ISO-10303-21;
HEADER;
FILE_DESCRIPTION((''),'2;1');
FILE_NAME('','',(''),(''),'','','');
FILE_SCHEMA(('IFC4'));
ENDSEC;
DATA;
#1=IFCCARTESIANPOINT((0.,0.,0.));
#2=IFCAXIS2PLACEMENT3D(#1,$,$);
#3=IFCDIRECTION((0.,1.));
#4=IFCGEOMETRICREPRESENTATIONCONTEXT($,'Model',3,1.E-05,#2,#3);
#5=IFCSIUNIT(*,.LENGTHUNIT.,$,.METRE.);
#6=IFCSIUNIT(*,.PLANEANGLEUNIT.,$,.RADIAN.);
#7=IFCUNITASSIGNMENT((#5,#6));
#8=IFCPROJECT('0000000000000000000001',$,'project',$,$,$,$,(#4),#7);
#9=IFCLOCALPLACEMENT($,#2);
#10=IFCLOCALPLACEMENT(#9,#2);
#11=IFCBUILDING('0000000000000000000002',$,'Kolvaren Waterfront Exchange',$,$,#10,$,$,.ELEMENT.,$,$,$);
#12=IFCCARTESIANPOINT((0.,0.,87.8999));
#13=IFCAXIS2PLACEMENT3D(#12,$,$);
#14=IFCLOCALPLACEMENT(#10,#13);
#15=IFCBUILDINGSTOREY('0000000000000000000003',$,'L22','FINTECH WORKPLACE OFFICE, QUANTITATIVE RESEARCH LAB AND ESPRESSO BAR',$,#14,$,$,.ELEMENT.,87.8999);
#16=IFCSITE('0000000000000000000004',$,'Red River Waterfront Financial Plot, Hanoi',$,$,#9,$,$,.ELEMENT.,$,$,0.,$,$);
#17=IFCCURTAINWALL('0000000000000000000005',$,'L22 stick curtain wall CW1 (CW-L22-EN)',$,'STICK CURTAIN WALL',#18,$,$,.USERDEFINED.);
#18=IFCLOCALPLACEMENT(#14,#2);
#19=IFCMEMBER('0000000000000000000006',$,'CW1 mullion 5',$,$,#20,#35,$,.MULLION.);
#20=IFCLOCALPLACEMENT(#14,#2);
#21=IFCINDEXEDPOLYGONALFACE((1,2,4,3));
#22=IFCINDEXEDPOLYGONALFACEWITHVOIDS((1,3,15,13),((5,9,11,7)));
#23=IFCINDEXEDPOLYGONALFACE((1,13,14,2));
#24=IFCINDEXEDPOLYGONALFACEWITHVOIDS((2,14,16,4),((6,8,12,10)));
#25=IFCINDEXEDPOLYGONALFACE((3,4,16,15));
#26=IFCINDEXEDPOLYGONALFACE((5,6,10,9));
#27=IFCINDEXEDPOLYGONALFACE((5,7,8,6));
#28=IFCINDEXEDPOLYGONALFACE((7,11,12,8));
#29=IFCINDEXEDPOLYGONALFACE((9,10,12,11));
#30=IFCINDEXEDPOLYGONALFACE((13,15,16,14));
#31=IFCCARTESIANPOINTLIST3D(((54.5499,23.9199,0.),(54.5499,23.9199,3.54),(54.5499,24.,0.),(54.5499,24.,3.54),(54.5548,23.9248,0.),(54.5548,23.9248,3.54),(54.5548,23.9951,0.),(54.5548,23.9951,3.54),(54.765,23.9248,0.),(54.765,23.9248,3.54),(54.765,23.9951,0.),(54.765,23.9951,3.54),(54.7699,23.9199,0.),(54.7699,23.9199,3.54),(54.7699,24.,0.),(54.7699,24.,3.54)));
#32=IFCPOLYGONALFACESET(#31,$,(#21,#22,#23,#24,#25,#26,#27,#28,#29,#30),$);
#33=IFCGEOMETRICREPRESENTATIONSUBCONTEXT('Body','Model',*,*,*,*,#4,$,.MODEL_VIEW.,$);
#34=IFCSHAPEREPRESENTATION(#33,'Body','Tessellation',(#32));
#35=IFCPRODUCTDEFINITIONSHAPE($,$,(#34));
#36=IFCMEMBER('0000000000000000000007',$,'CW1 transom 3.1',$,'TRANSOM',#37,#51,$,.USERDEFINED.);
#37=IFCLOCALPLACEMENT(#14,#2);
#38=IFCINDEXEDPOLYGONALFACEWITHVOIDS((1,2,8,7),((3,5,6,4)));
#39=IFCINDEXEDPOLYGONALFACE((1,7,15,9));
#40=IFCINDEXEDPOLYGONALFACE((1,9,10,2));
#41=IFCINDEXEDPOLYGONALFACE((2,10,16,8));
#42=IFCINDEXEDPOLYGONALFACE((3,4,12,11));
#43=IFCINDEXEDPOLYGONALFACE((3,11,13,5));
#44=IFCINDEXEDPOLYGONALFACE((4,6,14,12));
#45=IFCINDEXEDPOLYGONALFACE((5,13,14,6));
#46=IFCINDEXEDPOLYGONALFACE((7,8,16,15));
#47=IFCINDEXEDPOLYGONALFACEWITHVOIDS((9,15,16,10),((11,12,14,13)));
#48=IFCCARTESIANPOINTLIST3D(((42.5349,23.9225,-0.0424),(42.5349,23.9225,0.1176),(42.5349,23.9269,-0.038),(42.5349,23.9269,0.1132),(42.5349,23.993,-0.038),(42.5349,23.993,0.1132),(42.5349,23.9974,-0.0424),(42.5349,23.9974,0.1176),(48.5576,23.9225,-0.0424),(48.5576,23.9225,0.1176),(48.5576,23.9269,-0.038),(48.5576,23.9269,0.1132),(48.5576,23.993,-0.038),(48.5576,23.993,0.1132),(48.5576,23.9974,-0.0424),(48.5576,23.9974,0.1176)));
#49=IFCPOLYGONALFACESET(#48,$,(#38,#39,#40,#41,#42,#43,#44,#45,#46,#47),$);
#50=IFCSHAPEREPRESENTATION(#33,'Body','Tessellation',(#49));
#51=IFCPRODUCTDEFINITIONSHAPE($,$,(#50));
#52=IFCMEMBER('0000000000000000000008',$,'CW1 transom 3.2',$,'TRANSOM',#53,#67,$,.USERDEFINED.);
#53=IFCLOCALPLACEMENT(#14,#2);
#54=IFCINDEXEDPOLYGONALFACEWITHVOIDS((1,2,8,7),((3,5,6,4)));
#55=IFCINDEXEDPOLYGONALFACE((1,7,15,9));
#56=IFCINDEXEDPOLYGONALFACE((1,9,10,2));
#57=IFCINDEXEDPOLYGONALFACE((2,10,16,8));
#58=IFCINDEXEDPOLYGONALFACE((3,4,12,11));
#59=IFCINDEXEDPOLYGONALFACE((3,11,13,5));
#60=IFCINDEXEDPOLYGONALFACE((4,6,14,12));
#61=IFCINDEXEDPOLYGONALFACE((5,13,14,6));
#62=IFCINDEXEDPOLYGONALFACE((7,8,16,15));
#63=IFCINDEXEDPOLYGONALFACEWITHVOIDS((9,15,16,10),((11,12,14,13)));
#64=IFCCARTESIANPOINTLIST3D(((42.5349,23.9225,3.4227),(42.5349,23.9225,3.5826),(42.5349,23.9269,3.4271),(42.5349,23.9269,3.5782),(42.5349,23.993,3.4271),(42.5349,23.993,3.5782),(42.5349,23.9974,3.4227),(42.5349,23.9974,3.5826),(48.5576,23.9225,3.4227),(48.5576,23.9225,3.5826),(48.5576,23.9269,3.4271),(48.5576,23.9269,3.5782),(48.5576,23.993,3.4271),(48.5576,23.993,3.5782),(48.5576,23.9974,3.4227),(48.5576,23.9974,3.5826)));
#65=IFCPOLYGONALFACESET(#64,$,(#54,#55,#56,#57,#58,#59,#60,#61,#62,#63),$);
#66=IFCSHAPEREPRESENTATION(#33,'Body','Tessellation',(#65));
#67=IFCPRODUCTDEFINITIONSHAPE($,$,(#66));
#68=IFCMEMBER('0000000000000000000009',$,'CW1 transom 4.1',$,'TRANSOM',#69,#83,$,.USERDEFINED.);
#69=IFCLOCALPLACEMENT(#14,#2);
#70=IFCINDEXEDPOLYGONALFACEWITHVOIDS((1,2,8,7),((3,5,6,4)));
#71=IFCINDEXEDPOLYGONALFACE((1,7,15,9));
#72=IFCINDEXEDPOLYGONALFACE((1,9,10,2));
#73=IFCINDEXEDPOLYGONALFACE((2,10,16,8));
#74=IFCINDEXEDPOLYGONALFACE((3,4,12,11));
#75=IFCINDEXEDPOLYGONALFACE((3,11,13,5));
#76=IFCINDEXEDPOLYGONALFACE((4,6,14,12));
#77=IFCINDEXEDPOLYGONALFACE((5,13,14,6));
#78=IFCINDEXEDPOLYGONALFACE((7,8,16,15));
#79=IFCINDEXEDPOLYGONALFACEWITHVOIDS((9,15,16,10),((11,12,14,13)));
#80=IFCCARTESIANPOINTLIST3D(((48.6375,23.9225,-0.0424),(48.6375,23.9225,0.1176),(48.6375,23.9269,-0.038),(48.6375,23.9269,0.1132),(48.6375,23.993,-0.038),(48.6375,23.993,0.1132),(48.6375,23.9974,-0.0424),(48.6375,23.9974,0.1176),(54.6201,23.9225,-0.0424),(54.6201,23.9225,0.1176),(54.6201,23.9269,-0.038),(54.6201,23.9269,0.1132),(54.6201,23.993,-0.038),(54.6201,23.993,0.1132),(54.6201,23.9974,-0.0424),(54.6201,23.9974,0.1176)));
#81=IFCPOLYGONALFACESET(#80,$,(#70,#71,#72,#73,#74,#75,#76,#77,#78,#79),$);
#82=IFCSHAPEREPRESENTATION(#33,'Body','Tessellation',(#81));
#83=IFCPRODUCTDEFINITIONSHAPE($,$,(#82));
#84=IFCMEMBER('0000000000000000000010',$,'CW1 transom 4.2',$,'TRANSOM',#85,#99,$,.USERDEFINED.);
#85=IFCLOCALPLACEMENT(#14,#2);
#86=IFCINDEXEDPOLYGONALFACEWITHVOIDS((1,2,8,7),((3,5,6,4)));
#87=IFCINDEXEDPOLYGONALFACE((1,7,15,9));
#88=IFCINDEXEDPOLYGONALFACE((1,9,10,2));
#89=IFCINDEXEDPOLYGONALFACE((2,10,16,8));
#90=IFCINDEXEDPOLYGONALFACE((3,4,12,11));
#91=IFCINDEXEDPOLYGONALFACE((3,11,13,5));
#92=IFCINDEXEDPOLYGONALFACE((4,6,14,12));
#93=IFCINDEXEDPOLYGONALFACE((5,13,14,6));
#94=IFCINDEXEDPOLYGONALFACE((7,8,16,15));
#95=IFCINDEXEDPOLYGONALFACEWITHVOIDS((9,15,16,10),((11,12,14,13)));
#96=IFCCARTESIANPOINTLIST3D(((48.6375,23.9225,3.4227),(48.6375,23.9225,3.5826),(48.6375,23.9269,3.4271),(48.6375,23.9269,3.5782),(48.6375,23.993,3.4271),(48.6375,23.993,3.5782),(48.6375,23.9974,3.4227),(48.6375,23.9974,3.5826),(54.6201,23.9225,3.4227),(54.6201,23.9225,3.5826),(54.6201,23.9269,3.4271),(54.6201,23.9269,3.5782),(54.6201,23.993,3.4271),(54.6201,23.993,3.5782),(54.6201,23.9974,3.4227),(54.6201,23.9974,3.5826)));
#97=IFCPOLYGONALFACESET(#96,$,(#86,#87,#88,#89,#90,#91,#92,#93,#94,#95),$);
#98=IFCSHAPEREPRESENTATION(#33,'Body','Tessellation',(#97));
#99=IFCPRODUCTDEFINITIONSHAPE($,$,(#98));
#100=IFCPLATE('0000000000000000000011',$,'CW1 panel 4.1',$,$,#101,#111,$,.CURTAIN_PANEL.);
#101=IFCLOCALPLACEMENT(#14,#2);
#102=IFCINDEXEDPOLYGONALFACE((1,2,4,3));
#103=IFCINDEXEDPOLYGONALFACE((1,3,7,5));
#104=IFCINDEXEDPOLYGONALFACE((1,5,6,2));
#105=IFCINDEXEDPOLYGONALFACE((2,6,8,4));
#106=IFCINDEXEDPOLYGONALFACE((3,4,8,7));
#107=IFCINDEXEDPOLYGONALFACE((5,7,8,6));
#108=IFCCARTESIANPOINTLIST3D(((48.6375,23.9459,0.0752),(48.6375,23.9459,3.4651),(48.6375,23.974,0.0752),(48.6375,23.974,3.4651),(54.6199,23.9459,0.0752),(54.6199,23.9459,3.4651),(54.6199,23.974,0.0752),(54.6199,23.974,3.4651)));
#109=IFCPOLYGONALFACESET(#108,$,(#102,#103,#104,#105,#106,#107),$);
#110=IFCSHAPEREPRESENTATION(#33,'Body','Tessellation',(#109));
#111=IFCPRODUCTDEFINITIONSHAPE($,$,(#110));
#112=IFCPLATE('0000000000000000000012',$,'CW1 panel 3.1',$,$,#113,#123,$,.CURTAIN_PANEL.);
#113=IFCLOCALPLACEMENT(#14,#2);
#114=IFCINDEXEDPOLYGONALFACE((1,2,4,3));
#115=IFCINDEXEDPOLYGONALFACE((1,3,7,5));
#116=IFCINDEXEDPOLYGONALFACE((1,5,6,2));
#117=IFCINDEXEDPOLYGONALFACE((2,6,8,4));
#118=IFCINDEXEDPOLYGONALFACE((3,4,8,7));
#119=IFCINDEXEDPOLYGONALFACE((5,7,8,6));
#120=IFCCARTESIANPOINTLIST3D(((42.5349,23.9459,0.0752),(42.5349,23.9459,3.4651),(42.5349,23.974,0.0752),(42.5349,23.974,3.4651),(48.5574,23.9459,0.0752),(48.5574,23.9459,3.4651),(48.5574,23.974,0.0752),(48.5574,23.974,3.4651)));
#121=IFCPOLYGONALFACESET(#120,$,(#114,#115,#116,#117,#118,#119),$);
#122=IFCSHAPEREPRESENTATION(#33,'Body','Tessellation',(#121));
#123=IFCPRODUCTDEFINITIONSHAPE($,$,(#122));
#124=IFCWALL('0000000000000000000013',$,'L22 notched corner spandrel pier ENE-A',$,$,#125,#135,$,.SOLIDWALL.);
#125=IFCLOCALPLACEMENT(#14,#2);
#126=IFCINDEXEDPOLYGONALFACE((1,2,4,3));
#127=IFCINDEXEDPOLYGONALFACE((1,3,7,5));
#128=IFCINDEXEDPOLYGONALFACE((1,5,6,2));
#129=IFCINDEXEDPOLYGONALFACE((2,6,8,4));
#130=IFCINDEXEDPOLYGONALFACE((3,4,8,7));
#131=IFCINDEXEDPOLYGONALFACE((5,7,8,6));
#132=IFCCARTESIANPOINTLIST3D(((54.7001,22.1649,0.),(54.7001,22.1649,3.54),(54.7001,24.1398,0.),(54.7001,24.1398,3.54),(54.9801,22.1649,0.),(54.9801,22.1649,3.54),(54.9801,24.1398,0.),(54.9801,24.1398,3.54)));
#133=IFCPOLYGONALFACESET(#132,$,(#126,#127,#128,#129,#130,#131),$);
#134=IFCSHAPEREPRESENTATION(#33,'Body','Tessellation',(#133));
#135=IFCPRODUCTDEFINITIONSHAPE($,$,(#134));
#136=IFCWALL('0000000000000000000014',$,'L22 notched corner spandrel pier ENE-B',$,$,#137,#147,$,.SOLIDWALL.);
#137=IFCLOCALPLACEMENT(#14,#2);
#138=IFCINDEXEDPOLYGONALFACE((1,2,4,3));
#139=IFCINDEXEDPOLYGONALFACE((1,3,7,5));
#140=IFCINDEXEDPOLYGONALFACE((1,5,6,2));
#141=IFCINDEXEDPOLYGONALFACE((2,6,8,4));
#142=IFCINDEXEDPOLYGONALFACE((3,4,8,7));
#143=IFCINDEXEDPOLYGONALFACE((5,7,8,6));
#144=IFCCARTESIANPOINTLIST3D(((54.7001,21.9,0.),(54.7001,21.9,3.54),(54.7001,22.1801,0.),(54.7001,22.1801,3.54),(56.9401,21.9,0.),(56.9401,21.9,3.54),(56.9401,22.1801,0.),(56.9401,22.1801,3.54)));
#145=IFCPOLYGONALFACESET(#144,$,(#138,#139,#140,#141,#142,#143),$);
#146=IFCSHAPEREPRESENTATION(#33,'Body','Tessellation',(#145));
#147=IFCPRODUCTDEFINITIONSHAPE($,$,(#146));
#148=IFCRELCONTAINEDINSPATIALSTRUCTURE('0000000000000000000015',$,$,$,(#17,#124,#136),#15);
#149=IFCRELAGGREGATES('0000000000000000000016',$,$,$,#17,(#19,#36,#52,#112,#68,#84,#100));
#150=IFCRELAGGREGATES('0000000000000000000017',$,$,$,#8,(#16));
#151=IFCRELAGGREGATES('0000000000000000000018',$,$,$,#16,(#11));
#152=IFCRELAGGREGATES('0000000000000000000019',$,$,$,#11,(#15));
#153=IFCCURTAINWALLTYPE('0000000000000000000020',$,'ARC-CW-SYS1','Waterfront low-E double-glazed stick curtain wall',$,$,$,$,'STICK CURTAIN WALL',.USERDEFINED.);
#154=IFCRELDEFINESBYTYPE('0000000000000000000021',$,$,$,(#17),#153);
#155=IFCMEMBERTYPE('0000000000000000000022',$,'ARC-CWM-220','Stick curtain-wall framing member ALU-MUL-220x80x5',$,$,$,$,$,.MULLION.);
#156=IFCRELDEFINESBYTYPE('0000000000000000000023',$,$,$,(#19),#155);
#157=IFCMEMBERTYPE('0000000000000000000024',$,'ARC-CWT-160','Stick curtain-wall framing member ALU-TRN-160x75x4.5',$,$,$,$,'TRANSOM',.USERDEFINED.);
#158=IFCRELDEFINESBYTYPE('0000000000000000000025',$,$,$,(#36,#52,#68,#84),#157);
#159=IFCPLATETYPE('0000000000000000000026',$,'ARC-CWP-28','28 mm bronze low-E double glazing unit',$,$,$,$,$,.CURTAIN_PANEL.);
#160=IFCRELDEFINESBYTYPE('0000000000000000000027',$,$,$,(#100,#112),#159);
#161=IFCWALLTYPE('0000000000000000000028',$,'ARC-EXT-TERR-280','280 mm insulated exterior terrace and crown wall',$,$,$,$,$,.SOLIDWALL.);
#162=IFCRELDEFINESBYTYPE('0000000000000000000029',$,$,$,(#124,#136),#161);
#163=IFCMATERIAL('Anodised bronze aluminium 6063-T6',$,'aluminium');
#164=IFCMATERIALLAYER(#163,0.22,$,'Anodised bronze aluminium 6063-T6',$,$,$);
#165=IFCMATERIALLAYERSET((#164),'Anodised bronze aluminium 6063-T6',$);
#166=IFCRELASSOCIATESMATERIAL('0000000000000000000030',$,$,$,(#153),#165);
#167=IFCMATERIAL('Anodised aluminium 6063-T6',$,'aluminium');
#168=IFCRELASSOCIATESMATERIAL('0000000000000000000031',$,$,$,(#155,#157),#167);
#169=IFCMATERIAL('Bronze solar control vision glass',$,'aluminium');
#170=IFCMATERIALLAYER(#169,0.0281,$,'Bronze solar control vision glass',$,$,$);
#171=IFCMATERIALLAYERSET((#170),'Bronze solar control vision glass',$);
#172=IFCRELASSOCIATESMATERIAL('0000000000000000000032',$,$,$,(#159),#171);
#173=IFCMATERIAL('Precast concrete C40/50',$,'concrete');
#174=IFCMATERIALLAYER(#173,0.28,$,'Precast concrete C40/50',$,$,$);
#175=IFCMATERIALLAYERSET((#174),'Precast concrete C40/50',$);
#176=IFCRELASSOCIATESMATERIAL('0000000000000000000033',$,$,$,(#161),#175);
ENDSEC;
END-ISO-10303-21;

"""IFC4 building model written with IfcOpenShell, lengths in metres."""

from ifc_helpers import new_model, si_unit, direction, frame, frame_2d, origin, origin_with_axes, origin_2d, place, context, subcontext, project, spatial, rectangle, hollow_rectangle, extrude, source, transform, mapped, material, layer, layer_set, material_profile, profile_set, type_object, element, aggregate, save


model = new_model("IFC4")

# Units and contexts
model_context = context("Model", 3, precision=1e-05, world=origin(), true_north=direction((0.0, 1.0)))
body_context = subcontext(model_context, "Body", "Model", "MODEL_VIEW")
ifc_project = project(units=[si_unit("LENGTHUNIT", "METRE"), si_unit("PLANEANGLEUNIT", "RADIAN")], contexts=[model_context])

# Site, building, storey
site_placement = place(None, origin())
site = spatial("IfcSite", under=ifc_project, at=site_placement, Name="Red River Waterfront Financial Plot, Hanoi", CompositionType="ELEMENT", RefElevation=0.0)
building_placement = place(site_placement, origin())
building = spatial("IfcBuilding", under=site, at=building_placement, Name="Kolvaren Waterfront Exchange", CompositionType="ELEMENT")
storey_placement = place(building_placement, frame((0.0, 0.0, 87.8999)))
storey = spatial("IfcBuildingStorey", under=building, at=storey_placement, Name="L22", Description="FINTECH WORKPLACE OFFICE, QUANTITATIVE RESEARCH LAB AND ESPRESSO BAR", CompositionType="ELEMENT", Elevation=87.8999)

# Curtain wall, members, plates
ifc_material_1 = material(Name="Anodised bronze aluminium 6063-T6", Category="aluminium")
ifc_layer_1 = layer(ifc_material_1, 0.22, Name="Anodised bronze aluminium 6063-T6")
ifc_layer_set_1 = layer_set([ifc_layer_1], Name="Anodised bronze aluminium 6063-T6")
curtain_wall_type = type_object("IfcCurtainWallType", Name="ARC-CW-SYS1", Description="Waterfront low-E double-glazed stick curtain wall", ElementType="STICK CURTAIN WALL", PredefinedType="USERDEFINED", material=ifc_layer_set_1)
curtain_wall_placement = place(storey_placement, origin())
curtain_wall = element("IfcCurtainWall", 1, at=curtain_wall_placement, inside=storey, type_object=curtain_wall_type, Name="L22 stick curtain wall CW1 (CW-L22-EN)", ObjectType="STICK CURTAIN WALL", PredefinedType="USERDEFINED")
ifc_material_2 = material(Name="Anodised aluminium 6063-T6", Category="aluminium")
ifc_material_profile_1 = material_profile(ifc_material_2, hollow_rectangle(XDim=0.0801, YDim=0.22, WallThickness=0.0049, at=origin_2d()), Name="ALU-MUL-220x80x5")
ifc_profile_set_1 = profile_set([ifc_material_profile_1], Name="Anodised aluminium 6063-T6")
member_type_1 = type_object("IfcMemberType", Name="ARC-CWM-220", Description="Stick curtain-wall framing member ALU-MUL-220x80x5", PredefinedType="MULLION", material=ifc_profile_set_1)
shared_shape_1 = source(origin_with_axes(), body_context, "Body", "SweptSolid", [
    extrude(hollow_rectangle(XDim=0.0801, YDim=0.22, WallThickness=0.0049, at=origin_2d()), origin(), (0.0, 0.0, 1.0), 3.54),
])
member_1_placement = place(storey_placement, frame((54.6599, 23.96, 0.0), z_axis=(0.0, 0.0, 1.0), x_axis=(0.0, 1.0, 0.0)))
member_1 = element("IfcMember", 2, at=member_1_placement, type_object=member_type_1, Name="CW1 mullion 5", PredefinedType="MULLION", context=body_context, shape_type="MappedRepresentation", body=[
    mapped(shared_shape_1, transform((0.0, 0.0, 0.0), x_axis=(1.0, 0.0, 0.0), y_axis=(0.0, 1.0, 0.0), z_axis=(0.0, 0.0, 1.0), scale=1.0)),
])
ifc_material_profile_2 = material_profile(ifc_material_2, hollow_rectangle(XDim=0.075, YDim=0.1599, WallThickness=0.0044, at=origin_2d()), Name="ALU-TRN-160x75x4.5")
ifc_profile_set_2 = profile_set([ifc_material_profile_2], Name="Anodised aluminium 6063-T6")
member_type_2 = type_object("IfcMemberType", Name="ARC-CWT-160", Description="Stick curtain-wall framing member ALU-TRN-160x75x4.5", ElementType="TRANSOM", PredefinedType="USERDEFINED", material=ifc_profile_set_2)
shared_shape_2 = source(origin_with_axes(), body_context, "Body", "SweptSolid", [
    extrude(hollow_rectangle(XDim=0.075, YDim=0.1599, WallThickness=0.0044, at=origin_2d()), origin(), (0.0, 0.0, 1.0), 6.0227),
])
member_2_placement = place(storey_placement, frame((42.5349, 23.96, 0.0376), z_axis=(1.0, 0.0, 0.0), x_axis=(0.0, 1.0, 0.0)))
member_2 = element("IfcMember", 3, at=member_2_placement, type_object=member_type_2, Name="CW1 transom 3.1", ObjectType="TRANSOM", PredefinedType="USERDEFINED", context=body_context, shape_type="MappedRepresentation", body=[
    mapped(shared_shape_2, transform((0.0, 0.0, 0.0), x_axis=(1.0, 0.0, 0.0), y_axis=(0.0, 1.0, 0.0), z_axis=(0.0, 0.0, 1.0), scale=1.0)),
])
member_3_placement = place(storey_placement, frame((42.5349, 23.96, 3.5027), z_axis=(1.0, 0.0, 0.0), x_axis=(0.0, 1.0, 0.0)))
member_3 = element("IfcMember", 4, at=member_3_placement, type_object=member_type_2, Name="CW1 transom 3.2", ObjectType="TRANSOM", PredefinedType="USERDEFINED", context=body_context, shape_type="MappedRepresentation", body=[
    mapped(shared_shape_2, transform((0.0, 0.0, 0.0), x_axis=(1.0, 0.0, 0.0), y_axis=(0.0, 1.0, 0.0), z_axis=(0.0, 0.0, 1.0), scale=1.0)),
])
shared_shape_3 = source(origin_with_axes(), body_context, "Body", "SweptSolid", [
    extrude(hollow_rectangle(XDim=0.075, YDim=0.1599, WallThickness=0.0044, at=origin_2d()), origin(), (0.0, 0.0, 1.0), 5.9827),
])
member_4_placement = place(storey_placement, frame((48.6375, 23.96, 0.0376), z_axis=(1.0, 0.0, 0.0), x_axis=(0.0, 1.0, 0.0)))
member_4 = element("IfcMember", 5, at=member_4_placement, type_object=member_type_2, Name="CW1 transom 4.1", ObjectType="TRANSOM", PredefinedType="USERDEFINED", context=body_context, shape_type="MappedRepresentation", body=[
    mapped(shared_shape_3, transform((0.0, 0.0, 0.0), x_axis=(1.0, 0.0, 0.0), y_axis=(0.0, 1.0, 0.0), z_axis=(0.0, 0.0, 1.0), scale=1.0)),
])
member_5_placement = place(storey_placement, frame((48.6375, 23.96, 3.5027), z_axis=(1.0, 0.0, 0.0), x_axis=(0.0, 1.0, 0.0)))
member_5 = element("IfcMember", 6, at=member_5_placement, type_object=member_type_2, Name="CW1 transom 4.2", ObjectType="TRANSOM", PredefinedType="USERDEFINED", context=body_context, shape_type="MappedRepresentation", body=[
    mapped(shared_shape_3, transform((0.0, 0.0, 0.0), x_axis=(1.0, 0.0, 0.0), y_axis=(0.0, 1.0, 0.0), z_axis=(0.0, 0.0, 1.0), scale=1.0)),
])
ifc_material_3 = material(Name="Bronze solar control vision glass", Category="aluminium")
ifc_layer_2 = layer(ifc_material_3, 0.0281, Name="Bronze solar control vision glass")
ifc_layer_set_2 = layer_set([ifc_layer_2], Name="Bronze solar control vision glass")
plate_type = type_object("IfcPlateType", Name="ARC-CWP-28", Description="28 mm bronze low-E double glazing unit", PredefinedType="CURTAIN_PANEL", material=ifc_layer_set_2)
shared_shape_4 = source(origin_with_axes(), body_context, "Body", "SweptSolid", [
    extrude(rectangle(XDim=5.9824, YDim=0.0281, at=origin_2d()), origin(), (0.0, 0.0, 1.0), 3.3899),
])
plate_1_placement = place(storey_placement, frame((51.6287, 23.96, 0.0752), z_axis=(0.0, 0.0, 1.0), x_axis=(1.0, 0.0, 0.0)))
plate_1 = element("IfcPlate", 7, at=plate_1_placement, type_object=plate_type, Name="CW1 panel 4.1", PredefinedType="CURTAIN_PANEL", context=body_context, shape_type="MappedRepresentation", body=[
    mapped(shared_shape_4, transform((0.0, 0.0, 0.0), x_axis=(1.0, 0.0, 0.0), y_axis=(0.0, 1.0, 0.0), z_axis=(0.0, 0.0, 1.0), scale=1.0)),
])
shared_shape_5 = source(origin_with_axes(), body_context, "Body", "SweptSolid", [
    extrude(rectangle(XDim=6.0225, YDim=0.0281, at=origin_2d()), origin(), (0.0, 0.0, 1.0), 3.3899),
])
plate_2_placement = place(storey_placement, frame((45.5461, 23.96, 0.0752), z_axis=(0.0, 0.0, 1.0), x_axis=(1.0, 0.0, 0.0)))
plate_2 = element("IfcPlate", 8, at=plate_2_placement, type_object=plate_type, Name="CW1 panel 3.1", PredefinedType="CURTAIN_PANEL", context=body_context, shape_type="MappedRepresentation", body=[
    mapped(shared_shape_5, transform((0.0, 0.0, 0.0), x_axis=(1.0, 0.0, 0.0), y_axis=(0.0, 1.0, 0.0), z_axis=(0.0, 0.0, 1.0), scale=1.0)),
])
aggregate(curtain_wall, [member_1, member_2, member_3, plate_2, member_4, member_5, plate_1])

# Walls
ifc_material_4 = material(Name="Precast concrete C40/50", Category="concrete")
ifc_layer_3 = layer(ifc_material_4, 0.28, Name="Precast concrete C40/50")
ifc_layer_set_3 = layer_set([ifc_layer_3], Name="Precast concrete C40/50")
wall_type = type_object("IfcWallType", Name="ARC-EXT-TERR-280", Description="280 mm insulated exterior terrace and crown wall", PredefinedType="SOLIDWALL", material=ifc_layer_set_3)
wall_1_placement = place(storey_placement, frame((54.8401, 22.165, 0.0), z_axis=(0.0, 0.0, 1.0), x_axis=(0.0, 1.0, 0.0)))
element("IfcWall", 9, at=wall_1_placement, inside=storey, type_object=wall_type, Name="L22 notched corner spandrel pier ENE-A", PredefinedType="SOLIDWALL", context=body_context, shape_type="SweptSolid", body=[
    extrude(rectangle(XDim=1.9749, YDim=0.28, at=frame_2d((0.9873, 0.0))), origin(), (0.0, 0.0, 1.0), 3.54),
])
wall_2_placement = place(storey_placement, frame((54.7, 22.04, 0.0), z_axis=(0.0, 0.0, 1.0), x_axis=(1.0, 0.0, 0.0)))
element("IfcWall", 10, at=wall_2_placement, inside=storey, type_object=wall_type, Name="L22 notched corner spandrel pier ENE-B", PredefinedType="SOLIDWALL", context=body_context, shape_type="SweptSolid", body=[
    extrude(rectangle(XDim=2.24, YDim=0.28, at=frame_2d((1.1201, 0.0))), origin(), (0.0, 0.0, 1.0), 3.54),
])

save(model, "model.ifc")
